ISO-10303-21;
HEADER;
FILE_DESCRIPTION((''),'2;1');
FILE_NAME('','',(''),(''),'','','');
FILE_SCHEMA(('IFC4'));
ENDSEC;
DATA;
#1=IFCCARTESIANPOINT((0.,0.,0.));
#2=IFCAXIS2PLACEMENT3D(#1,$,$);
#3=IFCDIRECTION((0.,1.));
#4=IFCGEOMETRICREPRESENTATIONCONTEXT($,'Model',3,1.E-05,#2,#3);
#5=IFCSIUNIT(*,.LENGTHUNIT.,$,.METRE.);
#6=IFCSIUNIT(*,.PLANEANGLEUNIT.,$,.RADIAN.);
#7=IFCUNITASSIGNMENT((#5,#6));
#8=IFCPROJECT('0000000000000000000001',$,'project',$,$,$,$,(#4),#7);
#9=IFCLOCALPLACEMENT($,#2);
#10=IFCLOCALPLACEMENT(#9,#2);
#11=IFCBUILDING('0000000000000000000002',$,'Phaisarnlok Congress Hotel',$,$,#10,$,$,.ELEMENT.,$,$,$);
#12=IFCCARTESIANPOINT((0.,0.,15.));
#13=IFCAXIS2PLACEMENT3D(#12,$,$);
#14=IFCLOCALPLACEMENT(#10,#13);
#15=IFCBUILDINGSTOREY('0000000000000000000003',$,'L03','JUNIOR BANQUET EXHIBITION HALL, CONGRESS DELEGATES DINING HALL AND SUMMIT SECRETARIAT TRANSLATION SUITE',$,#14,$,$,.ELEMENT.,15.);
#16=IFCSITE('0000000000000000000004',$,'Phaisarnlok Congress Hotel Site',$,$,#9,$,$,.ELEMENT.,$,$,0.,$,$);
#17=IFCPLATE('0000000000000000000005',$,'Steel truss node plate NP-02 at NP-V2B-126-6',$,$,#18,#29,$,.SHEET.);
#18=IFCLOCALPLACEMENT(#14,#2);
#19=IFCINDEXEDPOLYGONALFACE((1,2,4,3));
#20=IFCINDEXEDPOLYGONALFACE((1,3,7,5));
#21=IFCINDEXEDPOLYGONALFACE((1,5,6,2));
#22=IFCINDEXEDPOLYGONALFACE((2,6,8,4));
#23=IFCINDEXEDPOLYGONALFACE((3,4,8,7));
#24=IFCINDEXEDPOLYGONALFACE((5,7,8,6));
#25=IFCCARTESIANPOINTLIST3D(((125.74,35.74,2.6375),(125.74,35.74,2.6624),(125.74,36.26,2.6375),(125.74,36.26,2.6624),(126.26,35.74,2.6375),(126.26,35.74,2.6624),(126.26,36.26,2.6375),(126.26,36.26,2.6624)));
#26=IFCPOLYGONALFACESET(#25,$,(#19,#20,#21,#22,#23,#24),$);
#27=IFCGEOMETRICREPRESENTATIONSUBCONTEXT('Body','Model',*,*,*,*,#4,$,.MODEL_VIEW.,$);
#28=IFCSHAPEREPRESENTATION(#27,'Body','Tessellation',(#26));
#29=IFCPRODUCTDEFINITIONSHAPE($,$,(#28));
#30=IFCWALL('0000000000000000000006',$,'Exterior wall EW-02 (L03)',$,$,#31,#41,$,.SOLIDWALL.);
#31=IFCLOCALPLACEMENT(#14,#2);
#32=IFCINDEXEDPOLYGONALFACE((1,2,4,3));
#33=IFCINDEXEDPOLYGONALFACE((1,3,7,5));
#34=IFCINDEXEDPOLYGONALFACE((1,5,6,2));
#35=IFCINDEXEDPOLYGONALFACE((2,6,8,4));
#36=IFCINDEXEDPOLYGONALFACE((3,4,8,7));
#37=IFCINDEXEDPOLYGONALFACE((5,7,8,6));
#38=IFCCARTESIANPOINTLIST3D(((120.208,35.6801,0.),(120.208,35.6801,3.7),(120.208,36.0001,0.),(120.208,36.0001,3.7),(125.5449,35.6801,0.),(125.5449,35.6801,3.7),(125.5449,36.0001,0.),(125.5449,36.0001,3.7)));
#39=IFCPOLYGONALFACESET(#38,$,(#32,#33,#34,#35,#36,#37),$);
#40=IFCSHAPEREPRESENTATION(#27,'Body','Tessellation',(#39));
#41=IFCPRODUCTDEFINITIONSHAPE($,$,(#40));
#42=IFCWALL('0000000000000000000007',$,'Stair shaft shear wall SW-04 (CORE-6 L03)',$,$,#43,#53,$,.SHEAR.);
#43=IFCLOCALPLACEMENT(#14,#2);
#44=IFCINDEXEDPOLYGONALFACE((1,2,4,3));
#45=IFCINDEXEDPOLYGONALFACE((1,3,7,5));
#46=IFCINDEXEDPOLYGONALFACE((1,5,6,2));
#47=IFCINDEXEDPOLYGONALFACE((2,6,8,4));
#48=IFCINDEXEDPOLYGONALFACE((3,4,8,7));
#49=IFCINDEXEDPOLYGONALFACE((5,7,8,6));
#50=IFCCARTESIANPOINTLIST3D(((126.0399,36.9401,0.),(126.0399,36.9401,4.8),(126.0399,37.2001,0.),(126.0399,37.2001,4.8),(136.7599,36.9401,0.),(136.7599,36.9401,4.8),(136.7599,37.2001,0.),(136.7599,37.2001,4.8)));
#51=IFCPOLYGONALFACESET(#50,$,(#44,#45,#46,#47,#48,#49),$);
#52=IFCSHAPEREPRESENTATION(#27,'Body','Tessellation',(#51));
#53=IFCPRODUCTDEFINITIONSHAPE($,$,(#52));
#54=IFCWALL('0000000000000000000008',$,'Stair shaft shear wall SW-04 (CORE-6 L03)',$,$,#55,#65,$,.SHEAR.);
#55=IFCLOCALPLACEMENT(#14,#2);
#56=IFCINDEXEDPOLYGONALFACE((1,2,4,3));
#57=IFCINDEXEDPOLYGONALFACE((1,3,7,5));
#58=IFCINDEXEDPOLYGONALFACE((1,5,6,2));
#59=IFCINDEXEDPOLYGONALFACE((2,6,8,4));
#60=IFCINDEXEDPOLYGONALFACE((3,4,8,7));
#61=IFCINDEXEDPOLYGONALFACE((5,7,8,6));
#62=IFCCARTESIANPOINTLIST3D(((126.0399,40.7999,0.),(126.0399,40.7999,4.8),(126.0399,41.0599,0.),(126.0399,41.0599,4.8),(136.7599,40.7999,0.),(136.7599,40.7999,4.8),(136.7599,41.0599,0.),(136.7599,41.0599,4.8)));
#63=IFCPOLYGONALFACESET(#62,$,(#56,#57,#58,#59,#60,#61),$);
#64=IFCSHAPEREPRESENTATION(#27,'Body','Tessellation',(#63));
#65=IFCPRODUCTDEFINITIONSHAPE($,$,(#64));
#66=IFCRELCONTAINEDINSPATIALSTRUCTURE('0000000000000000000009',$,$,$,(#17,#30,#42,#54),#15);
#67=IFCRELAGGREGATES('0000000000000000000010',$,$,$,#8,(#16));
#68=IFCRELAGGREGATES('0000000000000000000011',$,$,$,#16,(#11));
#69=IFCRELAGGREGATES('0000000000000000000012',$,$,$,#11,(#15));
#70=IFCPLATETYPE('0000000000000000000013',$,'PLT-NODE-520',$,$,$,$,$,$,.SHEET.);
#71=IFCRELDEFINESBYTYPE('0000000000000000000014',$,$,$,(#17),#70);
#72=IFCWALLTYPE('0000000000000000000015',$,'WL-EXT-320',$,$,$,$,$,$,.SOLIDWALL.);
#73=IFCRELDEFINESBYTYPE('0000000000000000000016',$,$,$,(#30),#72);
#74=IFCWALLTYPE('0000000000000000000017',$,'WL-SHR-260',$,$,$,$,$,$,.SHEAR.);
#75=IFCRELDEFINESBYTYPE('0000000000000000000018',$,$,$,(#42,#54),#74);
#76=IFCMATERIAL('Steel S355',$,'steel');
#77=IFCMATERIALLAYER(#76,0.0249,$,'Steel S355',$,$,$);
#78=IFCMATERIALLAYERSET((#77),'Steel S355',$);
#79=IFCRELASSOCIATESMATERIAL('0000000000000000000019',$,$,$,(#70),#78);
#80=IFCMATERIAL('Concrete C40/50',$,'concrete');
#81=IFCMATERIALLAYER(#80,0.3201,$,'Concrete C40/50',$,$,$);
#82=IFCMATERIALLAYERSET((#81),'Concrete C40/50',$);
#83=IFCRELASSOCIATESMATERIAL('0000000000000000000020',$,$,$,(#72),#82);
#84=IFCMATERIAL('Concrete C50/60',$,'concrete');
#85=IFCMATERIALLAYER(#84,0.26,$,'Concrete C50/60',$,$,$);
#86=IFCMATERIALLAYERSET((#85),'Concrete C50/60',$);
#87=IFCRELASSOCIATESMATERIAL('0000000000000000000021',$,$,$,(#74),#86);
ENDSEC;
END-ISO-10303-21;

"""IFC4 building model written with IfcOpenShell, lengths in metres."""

from ifc_helpers import new_model, si_unit, direction, frame, frame_2d, origin, origin_2d, place, context, subcontext, project, spatial, rectangle, extrude, material, layer, layer_set, type_object, element, save


model = new_model("IFC4")

# Units and contexts
model_context = context("Model", 3, precision=1e-05, world=origin(), true_north=direction((0.0, 1.0)))
body_context = subcontext(model_context, "Body", "Model", "MODEL_VIEW")
ifc_project = project(units=[si_unit("LENGTHUNIT", "METRE"), si_unit("PLANEANGLEUNIT", "RADIAN")], contexts=[model_context])

# Site, building, storey
site_placement = place(None, origin())
site = spatial("IfcSite", under=ifc_project, at=site_placement, Name="Phaisarnlok Congress Hotel Site", CompositionType="ELEMENT", RefElevation=0.0)
building_placement = place(site_placement, origin())
building = spatial("IfcBuilding", under=site, at=building_placement, Name="Phaisarnlok Congress Hotel", CompositionType="ELEMENT")
storey_placement = place(building_placement, frame((0.0, 0.0, 15.0)))
storey = spatial("IfcBuildingStorey", under=building, at=storey_placement, Name="L03", Description="JUNIOR BANQUET EXHIBITION HALL, CONGRESS DELEGATES DINING HALL AND SUMMIT SECRETARIAT TRANSLATION SUITE", CompositionType="ELEMENT", Elevation=15.0)

# Shared definitions
ifc_material_1 = material(Name="Concrete C50/60", Category="concrete")
ifc_material_2 = material(Name="Steel S355", Category="steel")

# Shared definitions
ifc_material_3 = material(Name="Concrete C40/50", Category="concrete")

# Plate
ifc_layer_1 = layer(ifc_material_2, 0.0249, Name="Steel S355")
ifc_layer_set_1 = layer_set([ifc_layer_1], Name="Steel S355")
plate_type_1 = type_object("IfcPlateType", Name="PLT-NODE-520", PredefinedType="SHEET", material=ifc_layer_set_1)
for number, where, z_axis, x_axis, name in (
    (1, (126.0, 36.0, 2.6375), (0.0, 0.0, 1.0), (1.0, 0.0, 0.0), "Steel truss node plate NP-02 at NP-V2B-126-6"),
):
    element("IfcPlate", number, at=place(storey_placement, frame(where, z_axis=z_axis, x_axis=x_axis)), inside=storey, type_object=plate_type_1, Name=name, PredefinedType="SHEET", context=body_context, shape_type="SweptSolid", body=[
        extrude(rectangle(XDim=0.52, YDim=0.52, at=origin_2d()), origin(), (0.0, 0.0, 1.0), 0.0249),
    ])

# Walls
ifc_layer_2 = layer(ifc_material_3, 0.3201, Name="Concrete C40/50")
ifc_layer_set_2 = layer_set([ifc_layer_2], Name="Concrete C40/50")
wall_type_1 = type_object("IfcWallType", Name="WL-EXT-320", PredefinedType="SOLIDWALL", material=ifc_layer_set_2)
wall_placement = place(storey_placement, frame((125.5449, 35.8401, 0.0), z_axis=(0.0, 0.0, 1.0), x_axis=(-1.0, 0.0, 0.0)))
element("IfcWall", 2, at=wall_placement, inside=storey, type_object=wall_type_1, Name="Exterior wall EW-02 (L03)", PredefinedType="SOLIDWALL", context=body_context, shape_type="SweptSolid", body=[
    extrude(rectangle(XDim=5.3369, YDim=0.3201, at=frame_2d((2.6685, 0.0))), origin(), (0.0, 0.0, 1.0), 3.7),
])
ifc_layer_3 = layer(ifc_material_1, 0.26, Name="Concrete C50/60")
ifc_layer_set_3 = layer_set([ifc_layer_3], Name="Concrete C50/60")
wall_type_2 = type_object("IfcWallType", Name="WL-SHR-260", PredefinedType="SHEAR", material=ifc_layer_set_3)
for number, where, z_axis, x_axis, name in (
    (3, (126.04, 37.0701, 0.0), (0.0, 0.0, 1.0), (1.0, 0.0, 0.0), "Stair shaft shear wall SW-04 (CORE-6 L03)"),
    (4, (126.04, 40.9299, 0.0), (0.0, 0.0, 1.0), (1.0, 0.0, 0.0), "Stair shaft shear wall SW-04 (CORE-6 L03)"),
):
    element("IfcWall", number, at=place(storey_placement, frame(where, z_axis=z_axis, x_axis=x_axis)), inside=storey, type_object=wall_type_2, Name=name, PredefinedType="SHEAR", context=body_context, shape_type="SweptSolid", body=[
        extrude(rectangle(XDim=10.72, YDim=0.26, at=frame_2d((5.3599, 0.0))), origin(), (0.0, 0.0, 1.0), 4.8),
    ])

save(model, "model.ifc")
